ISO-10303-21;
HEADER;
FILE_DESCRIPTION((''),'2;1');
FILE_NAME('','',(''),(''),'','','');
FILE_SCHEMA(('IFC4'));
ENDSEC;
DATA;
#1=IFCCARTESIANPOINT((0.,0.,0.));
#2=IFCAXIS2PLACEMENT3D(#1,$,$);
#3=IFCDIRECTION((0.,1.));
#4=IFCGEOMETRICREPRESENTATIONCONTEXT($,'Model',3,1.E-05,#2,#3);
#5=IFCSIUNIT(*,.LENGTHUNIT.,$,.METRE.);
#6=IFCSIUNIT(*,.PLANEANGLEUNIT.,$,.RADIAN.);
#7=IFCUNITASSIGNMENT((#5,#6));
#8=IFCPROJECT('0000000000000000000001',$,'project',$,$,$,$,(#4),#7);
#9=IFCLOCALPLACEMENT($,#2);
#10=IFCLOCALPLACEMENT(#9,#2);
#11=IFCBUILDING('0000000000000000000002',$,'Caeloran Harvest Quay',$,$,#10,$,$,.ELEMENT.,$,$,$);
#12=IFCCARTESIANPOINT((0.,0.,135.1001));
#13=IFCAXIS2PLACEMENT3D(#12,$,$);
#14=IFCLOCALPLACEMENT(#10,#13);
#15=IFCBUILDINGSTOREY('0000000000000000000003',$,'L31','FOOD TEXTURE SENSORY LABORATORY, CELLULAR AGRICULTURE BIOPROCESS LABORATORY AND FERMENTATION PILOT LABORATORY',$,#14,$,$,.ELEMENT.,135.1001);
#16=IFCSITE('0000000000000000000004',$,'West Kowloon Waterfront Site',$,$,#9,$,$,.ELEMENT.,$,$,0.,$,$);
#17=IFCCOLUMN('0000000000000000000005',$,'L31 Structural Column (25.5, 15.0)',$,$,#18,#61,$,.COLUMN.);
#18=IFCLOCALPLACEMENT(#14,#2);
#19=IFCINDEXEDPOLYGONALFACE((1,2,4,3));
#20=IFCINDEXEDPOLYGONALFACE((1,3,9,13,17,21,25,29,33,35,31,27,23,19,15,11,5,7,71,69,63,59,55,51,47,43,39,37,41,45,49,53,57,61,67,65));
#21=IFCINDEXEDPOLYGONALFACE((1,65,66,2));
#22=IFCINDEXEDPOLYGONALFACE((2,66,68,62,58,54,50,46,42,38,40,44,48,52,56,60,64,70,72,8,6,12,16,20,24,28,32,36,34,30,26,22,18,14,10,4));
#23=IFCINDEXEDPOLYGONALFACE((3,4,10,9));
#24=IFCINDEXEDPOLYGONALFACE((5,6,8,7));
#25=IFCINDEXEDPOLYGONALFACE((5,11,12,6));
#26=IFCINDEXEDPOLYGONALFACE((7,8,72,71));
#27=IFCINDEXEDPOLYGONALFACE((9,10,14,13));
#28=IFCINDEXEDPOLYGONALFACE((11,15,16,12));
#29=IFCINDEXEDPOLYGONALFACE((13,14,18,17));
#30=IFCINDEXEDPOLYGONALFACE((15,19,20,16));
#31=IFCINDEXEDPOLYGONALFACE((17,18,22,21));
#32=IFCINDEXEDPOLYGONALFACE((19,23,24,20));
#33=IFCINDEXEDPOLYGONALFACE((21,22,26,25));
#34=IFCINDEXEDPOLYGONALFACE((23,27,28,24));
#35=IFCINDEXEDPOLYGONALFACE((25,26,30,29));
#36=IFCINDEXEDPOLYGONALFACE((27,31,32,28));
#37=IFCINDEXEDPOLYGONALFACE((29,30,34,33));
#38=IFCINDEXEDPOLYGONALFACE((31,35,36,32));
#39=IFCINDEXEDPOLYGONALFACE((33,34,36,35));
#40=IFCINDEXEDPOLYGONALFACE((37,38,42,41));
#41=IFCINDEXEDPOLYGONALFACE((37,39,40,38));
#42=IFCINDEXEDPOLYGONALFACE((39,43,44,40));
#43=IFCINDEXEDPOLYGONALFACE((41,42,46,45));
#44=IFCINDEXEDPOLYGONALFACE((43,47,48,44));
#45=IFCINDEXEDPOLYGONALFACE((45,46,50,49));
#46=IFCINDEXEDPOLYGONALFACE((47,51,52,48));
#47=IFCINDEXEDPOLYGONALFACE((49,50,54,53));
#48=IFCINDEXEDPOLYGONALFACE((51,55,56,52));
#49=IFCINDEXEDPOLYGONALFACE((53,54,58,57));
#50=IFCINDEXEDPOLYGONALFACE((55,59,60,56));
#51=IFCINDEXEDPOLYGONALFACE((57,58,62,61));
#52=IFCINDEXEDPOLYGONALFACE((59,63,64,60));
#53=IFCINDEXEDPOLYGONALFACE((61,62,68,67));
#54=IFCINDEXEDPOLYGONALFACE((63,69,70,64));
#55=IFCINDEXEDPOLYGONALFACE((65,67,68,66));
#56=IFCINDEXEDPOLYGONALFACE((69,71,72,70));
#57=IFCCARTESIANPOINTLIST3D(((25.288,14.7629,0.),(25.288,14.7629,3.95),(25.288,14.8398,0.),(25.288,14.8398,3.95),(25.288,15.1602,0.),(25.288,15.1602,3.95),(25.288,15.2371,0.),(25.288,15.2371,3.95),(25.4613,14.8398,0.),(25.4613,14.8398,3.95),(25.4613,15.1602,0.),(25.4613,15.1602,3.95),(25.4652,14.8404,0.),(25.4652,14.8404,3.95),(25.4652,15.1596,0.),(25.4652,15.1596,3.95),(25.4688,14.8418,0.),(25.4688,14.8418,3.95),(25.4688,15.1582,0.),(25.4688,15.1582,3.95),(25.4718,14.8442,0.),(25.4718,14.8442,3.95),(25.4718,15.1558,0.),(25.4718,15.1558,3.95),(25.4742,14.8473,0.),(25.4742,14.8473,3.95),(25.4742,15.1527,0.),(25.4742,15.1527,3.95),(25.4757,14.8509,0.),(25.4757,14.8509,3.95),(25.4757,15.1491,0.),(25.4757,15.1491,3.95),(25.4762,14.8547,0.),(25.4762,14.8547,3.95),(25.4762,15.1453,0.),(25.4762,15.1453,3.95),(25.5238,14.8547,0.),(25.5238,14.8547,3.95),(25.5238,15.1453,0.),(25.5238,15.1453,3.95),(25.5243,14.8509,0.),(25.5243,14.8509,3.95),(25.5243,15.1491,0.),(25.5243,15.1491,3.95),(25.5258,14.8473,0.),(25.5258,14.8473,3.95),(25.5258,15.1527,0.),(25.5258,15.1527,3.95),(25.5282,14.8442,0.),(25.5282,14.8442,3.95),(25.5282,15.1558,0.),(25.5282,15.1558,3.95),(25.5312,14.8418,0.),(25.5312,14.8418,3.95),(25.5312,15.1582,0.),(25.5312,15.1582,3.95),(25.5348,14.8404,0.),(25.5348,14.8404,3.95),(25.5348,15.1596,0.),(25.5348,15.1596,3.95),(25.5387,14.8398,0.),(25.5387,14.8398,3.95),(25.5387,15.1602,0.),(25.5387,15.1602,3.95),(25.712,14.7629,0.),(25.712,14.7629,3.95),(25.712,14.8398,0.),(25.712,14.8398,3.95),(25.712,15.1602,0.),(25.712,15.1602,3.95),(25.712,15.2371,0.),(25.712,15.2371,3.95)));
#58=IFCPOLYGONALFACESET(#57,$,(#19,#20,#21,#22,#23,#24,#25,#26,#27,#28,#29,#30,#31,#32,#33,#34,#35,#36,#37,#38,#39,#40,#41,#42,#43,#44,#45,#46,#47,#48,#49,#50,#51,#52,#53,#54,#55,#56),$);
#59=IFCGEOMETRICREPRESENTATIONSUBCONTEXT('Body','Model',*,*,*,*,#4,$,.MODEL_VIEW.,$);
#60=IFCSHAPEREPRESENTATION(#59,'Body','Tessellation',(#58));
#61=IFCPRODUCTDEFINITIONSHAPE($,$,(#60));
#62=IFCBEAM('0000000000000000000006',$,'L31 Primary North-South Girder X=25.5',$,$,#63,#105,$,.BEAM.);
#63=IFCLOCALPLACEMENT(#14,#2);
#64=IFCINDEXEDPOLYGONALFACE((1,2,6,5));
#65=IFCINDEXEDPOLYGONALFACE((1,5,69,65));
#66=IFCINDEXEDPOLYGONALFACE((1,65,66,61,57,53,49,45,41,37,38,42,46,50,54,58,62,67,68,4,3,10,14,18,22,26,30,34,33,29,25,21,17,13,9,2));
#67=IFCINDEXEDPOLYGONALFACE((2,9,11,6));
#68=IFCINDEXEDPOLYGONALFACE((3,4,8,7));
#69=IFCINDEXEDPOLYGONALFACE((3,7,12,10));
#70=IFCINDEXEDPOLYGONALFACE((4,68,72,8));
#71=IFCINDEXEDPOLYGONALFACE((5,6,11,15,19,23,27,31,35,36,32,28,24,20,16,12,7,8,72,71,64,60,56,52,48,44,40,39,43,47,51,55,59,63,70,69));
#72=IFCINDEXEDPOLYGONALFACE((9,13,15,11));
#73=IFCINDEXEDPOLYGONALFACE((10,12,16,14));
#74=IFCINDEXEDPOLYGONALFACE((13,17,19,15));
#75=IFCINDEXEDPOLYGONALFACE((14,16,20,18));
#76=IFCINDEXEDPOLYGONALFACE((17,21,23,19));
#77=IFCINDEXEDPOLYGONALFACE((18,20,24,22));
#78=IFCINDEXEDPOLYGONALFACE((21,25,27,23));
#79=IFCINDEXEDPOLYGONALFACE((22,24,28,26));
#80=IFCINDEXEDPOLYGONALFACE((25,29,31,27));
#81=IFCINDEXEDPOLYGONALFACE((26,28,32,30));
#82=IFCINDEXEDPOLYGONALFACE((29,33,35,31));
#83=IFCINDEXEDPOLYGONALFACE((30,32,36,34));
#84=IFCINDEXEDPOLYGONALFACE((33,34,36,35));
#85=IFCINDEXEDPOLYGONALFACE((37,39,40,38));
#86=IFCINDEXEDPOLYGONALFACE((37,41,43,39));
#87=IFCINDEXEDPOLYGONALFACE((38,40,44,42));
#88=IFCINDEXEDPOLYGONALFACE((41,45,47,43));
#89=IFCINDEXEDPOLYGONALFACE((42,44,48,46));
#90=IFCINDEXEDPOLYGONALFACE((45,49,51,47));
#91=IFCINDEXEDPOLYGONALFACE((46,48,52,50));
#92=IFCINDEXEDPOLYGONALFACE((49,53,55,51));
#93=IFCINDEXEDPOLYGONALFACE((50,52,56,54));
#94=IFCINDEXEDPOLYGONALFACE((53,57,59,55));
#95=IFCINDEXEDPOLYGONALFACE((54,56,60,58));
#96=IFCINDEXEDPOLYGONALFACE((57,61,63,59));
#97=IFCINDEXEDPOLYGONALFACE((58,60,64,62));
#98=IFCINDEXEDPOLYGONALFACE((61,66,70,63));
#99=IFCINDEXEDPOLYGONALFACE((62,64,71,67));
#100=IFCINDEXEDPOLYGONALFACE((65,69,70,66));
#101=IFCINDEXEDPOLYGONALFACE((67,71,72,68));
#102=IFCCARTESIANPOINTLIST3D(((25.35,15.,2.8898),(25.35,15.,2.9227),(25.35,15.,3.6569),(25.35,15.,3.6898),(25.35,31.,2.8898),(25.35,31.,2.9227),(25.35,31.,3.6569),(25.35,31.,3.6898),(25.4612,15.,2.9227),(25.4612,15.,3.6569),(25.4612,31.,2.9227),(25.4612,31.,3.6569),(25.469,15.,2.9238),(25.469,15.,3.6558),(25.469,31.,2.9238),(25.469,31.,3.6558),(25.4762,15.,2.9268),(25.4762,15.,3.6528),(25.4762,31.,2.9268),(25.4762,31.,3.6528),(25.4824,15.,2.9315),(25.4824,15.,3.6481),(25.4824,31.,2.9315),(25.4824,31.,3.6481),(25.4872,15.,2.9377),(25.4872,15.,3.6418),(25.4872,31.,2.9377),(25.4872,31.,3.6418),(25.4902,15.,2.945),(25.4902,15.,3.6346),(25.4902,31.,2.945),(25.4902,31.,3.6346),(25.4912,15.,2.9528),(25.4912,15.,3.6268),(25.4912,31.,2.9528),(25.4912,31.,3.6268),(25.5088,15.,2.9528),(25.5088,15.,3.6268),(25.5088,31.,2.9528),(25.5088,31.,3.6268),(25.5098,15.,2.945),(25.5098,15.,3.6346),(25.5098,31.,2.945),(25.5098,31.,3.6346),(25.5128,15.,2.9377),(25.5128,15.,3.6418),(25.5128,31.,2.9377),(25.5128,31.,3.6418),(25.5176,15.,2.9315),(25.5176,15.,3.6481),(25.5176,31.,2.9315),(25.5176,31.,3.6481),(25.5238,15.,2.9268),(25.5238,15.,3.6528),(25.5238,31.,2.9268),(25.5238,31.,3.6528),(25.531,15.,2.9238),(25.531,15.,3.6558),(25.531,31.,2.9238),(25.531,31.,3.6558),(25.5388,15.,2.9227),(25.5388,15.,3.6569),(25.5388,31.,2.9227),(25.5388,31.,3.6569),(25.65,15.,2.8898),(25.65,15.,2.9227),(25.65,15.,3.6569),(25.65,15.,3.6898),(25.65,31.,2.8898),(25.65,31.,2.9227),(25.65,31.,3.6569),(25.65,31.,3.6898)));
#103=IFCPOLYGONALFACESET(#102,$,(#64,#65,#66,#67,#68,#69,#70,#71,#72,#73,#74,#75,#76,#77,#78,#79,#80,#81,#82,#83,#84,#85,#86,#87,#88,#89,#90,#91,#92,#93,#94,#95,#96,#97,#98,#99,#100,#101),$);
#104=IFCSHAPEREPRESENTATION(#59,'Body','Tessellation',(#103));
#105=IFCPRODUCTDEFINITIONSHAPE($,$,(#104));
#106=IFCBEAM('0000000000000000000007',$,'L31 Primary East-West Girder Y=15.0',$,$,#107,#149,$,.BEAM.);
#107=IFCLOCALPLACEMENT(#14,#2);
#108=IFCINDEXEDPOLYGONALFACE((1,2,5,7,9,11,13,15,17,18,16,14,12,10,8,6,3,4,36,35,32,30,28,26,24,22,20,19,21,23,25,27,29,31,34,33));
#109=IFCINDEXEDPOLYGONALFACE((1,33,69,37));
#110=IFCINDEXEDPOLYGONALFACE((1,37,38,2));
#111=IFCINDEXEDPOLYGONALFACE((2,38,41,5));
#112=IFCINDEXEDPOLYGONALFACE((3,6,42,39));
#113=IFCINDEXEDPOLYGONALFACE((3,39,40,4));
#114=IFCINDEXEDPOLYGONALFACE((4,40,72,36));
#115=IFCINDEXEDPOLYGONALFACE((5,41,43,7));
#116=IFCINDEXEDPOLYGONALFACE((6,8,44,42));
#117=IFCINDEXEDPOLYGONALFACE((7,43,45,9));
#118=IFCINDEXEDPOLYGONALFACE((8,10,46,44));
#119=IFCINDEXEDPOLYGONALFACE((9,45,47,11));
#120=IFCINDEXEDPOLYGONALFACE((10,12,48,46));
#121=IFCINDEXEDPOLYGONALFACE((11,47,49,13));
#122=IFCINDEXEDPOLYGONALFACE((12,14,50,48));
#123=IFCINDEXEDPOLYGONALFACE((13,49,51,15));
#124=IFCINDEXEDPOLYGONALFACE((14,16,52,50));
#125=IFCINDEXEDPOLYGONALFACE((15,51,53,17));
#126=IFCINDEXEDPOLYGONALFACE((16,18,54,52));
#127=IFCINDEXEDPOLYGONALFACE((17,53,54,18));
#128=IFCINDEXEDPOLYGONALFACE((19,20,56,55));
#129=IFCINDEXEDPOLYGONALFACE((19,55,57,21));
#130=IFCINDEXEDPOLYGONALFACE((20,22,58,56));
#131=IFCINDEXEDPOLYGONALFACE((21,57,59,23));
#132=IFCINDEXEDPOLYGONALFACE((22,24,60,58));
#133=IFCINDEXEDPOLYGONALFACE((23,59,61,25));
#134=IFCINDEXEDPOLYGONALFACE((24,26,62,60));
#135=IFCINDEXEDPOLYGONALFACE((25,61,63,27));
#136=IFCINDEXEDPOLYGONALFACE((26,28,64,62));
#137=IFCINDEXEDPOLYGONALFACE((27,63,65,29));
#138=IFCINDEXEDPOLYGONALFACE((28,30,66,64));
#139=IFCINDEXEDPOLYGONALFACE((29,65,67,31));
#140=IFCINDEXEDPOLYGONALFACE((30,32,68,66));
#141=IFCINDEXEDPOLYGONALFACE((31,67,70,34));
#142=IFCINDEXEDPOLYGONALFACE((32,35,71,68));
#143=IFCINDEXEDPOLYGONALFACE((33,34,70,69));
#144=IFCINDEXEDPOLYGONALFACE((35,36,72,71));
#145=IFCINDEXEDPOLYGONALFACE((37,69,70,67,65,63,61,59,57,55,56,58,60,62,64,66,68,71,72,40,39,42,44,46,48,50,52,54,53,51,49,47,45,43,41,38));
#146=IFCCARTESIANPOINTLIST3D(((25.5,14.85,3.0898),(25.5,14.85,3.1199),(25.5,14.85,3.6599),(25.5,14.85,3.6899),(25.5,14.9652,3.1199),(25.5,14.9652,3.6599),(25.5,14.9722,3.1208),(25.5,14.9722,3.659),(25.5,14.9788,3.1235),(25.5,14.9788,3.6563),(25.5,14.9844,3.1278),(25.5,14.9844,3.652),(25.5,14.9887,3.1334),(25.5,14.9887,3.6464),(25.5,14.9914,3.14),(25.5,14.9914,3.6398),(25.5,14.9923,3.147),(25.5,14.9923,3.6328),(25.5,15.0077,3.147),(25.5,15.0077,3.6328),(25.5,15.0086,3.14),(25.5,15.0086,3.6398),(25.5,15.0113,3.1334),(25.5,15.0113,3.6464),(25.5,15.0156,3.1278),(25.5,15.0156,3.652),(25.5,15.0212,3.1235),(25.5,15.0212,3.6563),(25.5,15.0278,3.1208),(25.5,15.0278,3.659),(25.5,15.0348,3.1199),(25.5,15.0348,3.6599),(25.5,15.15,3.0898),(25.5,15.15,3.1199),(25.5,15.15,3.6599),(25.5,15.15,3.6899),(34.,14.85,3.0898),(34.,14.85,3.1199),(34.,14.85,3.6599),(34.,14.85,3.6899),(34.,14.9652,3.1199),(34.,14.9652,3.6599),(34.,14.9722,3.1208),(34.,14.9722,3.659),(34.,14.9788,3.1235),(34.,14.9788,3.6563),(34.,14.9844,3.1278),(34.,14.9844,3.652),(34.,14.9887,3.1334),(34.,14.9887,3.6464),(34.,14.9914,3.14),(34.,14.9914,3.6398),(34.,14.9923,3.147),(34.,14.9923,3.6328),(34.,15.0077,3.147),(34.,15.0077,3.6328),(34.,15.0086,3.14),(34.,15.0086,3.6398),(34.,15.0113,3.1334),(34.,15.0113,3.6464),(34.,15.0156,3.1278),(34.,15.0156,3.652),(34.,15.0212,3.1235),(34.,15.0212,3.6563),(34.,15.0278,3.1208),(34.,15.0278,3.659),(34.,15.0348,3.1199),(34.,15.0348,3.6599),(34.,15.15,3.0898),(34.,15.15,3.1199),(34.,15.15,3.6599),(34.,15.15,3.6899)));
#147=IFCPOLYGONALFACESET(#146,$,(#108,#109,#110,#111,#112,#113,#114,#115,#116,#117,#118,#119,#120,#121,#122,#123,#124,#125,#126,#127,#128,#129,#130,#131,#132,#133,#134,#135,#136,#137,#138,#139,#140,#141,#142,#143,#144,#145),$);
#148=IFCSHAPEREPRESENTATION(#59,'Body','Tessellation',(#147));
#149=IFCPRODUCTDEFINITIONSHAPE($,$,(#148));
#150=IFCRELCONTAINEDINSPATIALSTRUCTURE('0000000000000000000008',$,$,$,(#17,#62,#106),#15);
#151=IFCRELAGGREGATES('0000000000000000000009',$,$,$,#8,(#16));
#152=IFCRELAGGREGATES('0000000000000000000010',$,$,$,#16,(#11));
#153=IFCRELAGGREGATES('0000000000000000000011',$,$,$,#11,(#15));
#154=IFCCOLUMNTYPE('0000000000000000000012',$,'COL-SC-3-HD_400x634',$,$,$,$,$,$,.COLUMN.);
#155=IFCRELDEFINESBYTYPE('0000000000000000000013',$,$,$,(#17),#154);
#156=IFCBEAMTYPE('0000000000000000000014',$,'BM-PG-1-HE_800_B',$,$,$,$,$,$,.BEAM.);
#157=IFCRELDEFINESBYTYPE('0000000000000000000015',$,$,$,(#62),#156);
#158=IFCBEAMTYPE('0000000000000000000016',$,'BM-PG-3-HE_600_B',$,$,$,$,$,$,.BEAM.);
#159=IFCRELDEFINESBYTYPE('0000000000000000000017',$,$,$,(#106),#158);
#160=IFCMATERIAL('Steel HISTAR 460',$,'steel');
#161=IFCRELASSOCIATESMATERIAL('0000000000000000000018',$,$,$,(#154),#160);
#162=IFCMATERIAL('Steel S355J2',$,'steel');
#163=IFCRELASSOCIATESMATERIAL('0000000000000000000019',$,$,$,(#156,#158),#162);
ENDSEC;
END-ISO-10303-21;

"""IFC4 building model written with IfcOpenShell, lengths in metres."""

from ifc_helpers import new_model, si_unit, direction, frame, origin, origin_2d, place, context, subcontext, project, spatial, i_section, extrude, material, material_profile, profile_set, type_object, element, save


model = new_model("IFC4")

# Units and contexts
model_context = context("Model", 3, precision=1e-05, world=origin(), true_north=direction((0.0, 1.0)))
body_context = subcontext(model_context, "Body", "Model", "MODEL_VIEW")
ifc_project = project(units=[si_unit("LENGTHUNIT", "METRE"), si_unit("PLANEANGLEUNIT", "RADIAN")], contexts=[model_context])

# Site, building, storey
site_placement = place(None, origin())
site = spatial("IfcSite", under=ifc_project, at=site_placement, Name="West Kowloon Waterfront Site", CompositionType="ELEMENT", RefElevation=0.0)
building_placement = place(site_placement, origin())
building = spatial("IfcBuilding", under=site, at=building_placement, Name="Caeloran Harvest Quay", CompositionType="ELEMENT")
storey_placement = place(building_placement, frame((0.0, 0.0, 135.1001)))
storey = spatial("IfcBuildingStorey", under=building, at=storey_placement, Name="L31", Description="FOOD TEXTURE SENSORY LABORATORY, CELLULAR AGRICULTURE BIOPROCESS LABORATORY AND FERMENTATION PILOT LABORATORY", CompositionType="ELEMENT", Elevation=135.1001)

# Column
ifc_material_1 = material(Name="Steel HISTAR 460", Category="steel")
ifc_material_profile_1 = material_profile(ifc_material_1, i_section(OverallWidth=0.4241, OverallDepth=0.4741, WebThickness=0.0476, FlangeThickness=0.0769, FilletRadius=0.0149, at=origin_2d()), Name="HD 400x634")
ifc_profile_set_1 = profile_set([ifc_material_profile_1], Name="Steel HISTAR 460")
column_type = type_object("IfcColumnType", Name="COL-SC-3-HD_400x634", PredefinedType="COLUMN", material=ifc_profile_set_1)
column_placement = place(storey_placement, frame((25.5, 15.0, 0.0), z_axis=(0.0, 0.0, 1.0), x_axis=(1.0, 0.0, 0.0)))
element("IfcColumn", 1, at=column_placement, inside=storey, type_object=column_type, Name="L31 Structural Column (25.5, 15.0)", PredefinedType="COLUMN", context=body_context, shape_type="SweptSolid", body=[
    extrude(i_section(OverallWidth=0.4241, OverallDepth=0.4741, WebThickness=0.0476, FlangeThickness=0.0769, FilletRadius=0.0149, at=origin_2d()), origin(), (0.0, 0.0, 1.0), 3.95),
])

# Beams
ifc_material_2 = material(Name="Steel S355J2", Category="steel")
ifc_material_profile_2 = material_profile(ifc_material_2, i_section(OverallWidth=0.3, OverallDepth=0.8, WebThickness=0.0176, FlangeThickness=0.033, FilletRadius=0.03, at=origin_2d()), Name="HE 800 B")
ifc_profile_set_2 = profile_set([ifc_material_profile_2], Name="Steel S355J2")
beam_type_1 = type_object("IfcBeamType", Name="BM-PG-1-HE_800_B", PredefinedType="BEAM", material=ifc_profile_set_2)
beam_1_placement = place(storey_placement, frame((25.5, 15.0, 3.2898), z_axis=(0.0, 1.0, 0.0), x_axis=(-1.0, 0.0, 0.0)))
element("IfcBeam", 2, at=beam_1_placement, inside=storey, type_object=beam_type_1, Name="L31 Primary North-South Girder X=25.5", PredefinedType="BEAM", context=body_context, shape_type="SweptSolid", body=[
    extrude(i_section(OverallWidth=0.3, OverallDepth=0.8, WebThickness=0.0176, FlangeThickness=0.033, FilletRadius=0.03, at=origin_2d()), origin(), (0.0, 0.0, 1.0), 16.0),
])
ifc_material_profile_3 = material_profile(ifc_material_2, i_section(OverallWidth=0.3, OverallDepth=0.6001, WebThickness=0.0154, FlangeThickness=0.03, FilletRadius=0.0271, at=origin_2d()), Name="HE 600 B")
ifc_profile_set_3 = profile_set([ifc_material_profile_3], Name="Steel S355J2")
beam_type_2 = type_object("IfcBeamType", Name="BM-PG-3-HE_600_B", PredefinedType="BEAM", material=ifc_profile_set_3)
beam_2_placement = place(storey_placement, frame((25.5, 15.0, 3.3899), z_axis=(1.0, 0.0, 0.0), x_axis=(0.0, 1.0, 0.0)))
element("IfcBeam", 3, at=beam_2_placement, inside=storey, type_object=beam_type_2, Name="L31 Primary East-West Girder Y=15.0", PredefinedType="BEAM", context=body_context, shape_type="SweptSolid", body=[
    extrude(i_section(OverallWidth=0.3, OverallDepth=0.6001, WebThickness=0.0154, FlangeThickness=0.03, FilletRadius=0.0271, at=origin_2d()), origin(), (0.0, 0.0, 1.0), 8.5),
])

save(model, "model.ifc")
